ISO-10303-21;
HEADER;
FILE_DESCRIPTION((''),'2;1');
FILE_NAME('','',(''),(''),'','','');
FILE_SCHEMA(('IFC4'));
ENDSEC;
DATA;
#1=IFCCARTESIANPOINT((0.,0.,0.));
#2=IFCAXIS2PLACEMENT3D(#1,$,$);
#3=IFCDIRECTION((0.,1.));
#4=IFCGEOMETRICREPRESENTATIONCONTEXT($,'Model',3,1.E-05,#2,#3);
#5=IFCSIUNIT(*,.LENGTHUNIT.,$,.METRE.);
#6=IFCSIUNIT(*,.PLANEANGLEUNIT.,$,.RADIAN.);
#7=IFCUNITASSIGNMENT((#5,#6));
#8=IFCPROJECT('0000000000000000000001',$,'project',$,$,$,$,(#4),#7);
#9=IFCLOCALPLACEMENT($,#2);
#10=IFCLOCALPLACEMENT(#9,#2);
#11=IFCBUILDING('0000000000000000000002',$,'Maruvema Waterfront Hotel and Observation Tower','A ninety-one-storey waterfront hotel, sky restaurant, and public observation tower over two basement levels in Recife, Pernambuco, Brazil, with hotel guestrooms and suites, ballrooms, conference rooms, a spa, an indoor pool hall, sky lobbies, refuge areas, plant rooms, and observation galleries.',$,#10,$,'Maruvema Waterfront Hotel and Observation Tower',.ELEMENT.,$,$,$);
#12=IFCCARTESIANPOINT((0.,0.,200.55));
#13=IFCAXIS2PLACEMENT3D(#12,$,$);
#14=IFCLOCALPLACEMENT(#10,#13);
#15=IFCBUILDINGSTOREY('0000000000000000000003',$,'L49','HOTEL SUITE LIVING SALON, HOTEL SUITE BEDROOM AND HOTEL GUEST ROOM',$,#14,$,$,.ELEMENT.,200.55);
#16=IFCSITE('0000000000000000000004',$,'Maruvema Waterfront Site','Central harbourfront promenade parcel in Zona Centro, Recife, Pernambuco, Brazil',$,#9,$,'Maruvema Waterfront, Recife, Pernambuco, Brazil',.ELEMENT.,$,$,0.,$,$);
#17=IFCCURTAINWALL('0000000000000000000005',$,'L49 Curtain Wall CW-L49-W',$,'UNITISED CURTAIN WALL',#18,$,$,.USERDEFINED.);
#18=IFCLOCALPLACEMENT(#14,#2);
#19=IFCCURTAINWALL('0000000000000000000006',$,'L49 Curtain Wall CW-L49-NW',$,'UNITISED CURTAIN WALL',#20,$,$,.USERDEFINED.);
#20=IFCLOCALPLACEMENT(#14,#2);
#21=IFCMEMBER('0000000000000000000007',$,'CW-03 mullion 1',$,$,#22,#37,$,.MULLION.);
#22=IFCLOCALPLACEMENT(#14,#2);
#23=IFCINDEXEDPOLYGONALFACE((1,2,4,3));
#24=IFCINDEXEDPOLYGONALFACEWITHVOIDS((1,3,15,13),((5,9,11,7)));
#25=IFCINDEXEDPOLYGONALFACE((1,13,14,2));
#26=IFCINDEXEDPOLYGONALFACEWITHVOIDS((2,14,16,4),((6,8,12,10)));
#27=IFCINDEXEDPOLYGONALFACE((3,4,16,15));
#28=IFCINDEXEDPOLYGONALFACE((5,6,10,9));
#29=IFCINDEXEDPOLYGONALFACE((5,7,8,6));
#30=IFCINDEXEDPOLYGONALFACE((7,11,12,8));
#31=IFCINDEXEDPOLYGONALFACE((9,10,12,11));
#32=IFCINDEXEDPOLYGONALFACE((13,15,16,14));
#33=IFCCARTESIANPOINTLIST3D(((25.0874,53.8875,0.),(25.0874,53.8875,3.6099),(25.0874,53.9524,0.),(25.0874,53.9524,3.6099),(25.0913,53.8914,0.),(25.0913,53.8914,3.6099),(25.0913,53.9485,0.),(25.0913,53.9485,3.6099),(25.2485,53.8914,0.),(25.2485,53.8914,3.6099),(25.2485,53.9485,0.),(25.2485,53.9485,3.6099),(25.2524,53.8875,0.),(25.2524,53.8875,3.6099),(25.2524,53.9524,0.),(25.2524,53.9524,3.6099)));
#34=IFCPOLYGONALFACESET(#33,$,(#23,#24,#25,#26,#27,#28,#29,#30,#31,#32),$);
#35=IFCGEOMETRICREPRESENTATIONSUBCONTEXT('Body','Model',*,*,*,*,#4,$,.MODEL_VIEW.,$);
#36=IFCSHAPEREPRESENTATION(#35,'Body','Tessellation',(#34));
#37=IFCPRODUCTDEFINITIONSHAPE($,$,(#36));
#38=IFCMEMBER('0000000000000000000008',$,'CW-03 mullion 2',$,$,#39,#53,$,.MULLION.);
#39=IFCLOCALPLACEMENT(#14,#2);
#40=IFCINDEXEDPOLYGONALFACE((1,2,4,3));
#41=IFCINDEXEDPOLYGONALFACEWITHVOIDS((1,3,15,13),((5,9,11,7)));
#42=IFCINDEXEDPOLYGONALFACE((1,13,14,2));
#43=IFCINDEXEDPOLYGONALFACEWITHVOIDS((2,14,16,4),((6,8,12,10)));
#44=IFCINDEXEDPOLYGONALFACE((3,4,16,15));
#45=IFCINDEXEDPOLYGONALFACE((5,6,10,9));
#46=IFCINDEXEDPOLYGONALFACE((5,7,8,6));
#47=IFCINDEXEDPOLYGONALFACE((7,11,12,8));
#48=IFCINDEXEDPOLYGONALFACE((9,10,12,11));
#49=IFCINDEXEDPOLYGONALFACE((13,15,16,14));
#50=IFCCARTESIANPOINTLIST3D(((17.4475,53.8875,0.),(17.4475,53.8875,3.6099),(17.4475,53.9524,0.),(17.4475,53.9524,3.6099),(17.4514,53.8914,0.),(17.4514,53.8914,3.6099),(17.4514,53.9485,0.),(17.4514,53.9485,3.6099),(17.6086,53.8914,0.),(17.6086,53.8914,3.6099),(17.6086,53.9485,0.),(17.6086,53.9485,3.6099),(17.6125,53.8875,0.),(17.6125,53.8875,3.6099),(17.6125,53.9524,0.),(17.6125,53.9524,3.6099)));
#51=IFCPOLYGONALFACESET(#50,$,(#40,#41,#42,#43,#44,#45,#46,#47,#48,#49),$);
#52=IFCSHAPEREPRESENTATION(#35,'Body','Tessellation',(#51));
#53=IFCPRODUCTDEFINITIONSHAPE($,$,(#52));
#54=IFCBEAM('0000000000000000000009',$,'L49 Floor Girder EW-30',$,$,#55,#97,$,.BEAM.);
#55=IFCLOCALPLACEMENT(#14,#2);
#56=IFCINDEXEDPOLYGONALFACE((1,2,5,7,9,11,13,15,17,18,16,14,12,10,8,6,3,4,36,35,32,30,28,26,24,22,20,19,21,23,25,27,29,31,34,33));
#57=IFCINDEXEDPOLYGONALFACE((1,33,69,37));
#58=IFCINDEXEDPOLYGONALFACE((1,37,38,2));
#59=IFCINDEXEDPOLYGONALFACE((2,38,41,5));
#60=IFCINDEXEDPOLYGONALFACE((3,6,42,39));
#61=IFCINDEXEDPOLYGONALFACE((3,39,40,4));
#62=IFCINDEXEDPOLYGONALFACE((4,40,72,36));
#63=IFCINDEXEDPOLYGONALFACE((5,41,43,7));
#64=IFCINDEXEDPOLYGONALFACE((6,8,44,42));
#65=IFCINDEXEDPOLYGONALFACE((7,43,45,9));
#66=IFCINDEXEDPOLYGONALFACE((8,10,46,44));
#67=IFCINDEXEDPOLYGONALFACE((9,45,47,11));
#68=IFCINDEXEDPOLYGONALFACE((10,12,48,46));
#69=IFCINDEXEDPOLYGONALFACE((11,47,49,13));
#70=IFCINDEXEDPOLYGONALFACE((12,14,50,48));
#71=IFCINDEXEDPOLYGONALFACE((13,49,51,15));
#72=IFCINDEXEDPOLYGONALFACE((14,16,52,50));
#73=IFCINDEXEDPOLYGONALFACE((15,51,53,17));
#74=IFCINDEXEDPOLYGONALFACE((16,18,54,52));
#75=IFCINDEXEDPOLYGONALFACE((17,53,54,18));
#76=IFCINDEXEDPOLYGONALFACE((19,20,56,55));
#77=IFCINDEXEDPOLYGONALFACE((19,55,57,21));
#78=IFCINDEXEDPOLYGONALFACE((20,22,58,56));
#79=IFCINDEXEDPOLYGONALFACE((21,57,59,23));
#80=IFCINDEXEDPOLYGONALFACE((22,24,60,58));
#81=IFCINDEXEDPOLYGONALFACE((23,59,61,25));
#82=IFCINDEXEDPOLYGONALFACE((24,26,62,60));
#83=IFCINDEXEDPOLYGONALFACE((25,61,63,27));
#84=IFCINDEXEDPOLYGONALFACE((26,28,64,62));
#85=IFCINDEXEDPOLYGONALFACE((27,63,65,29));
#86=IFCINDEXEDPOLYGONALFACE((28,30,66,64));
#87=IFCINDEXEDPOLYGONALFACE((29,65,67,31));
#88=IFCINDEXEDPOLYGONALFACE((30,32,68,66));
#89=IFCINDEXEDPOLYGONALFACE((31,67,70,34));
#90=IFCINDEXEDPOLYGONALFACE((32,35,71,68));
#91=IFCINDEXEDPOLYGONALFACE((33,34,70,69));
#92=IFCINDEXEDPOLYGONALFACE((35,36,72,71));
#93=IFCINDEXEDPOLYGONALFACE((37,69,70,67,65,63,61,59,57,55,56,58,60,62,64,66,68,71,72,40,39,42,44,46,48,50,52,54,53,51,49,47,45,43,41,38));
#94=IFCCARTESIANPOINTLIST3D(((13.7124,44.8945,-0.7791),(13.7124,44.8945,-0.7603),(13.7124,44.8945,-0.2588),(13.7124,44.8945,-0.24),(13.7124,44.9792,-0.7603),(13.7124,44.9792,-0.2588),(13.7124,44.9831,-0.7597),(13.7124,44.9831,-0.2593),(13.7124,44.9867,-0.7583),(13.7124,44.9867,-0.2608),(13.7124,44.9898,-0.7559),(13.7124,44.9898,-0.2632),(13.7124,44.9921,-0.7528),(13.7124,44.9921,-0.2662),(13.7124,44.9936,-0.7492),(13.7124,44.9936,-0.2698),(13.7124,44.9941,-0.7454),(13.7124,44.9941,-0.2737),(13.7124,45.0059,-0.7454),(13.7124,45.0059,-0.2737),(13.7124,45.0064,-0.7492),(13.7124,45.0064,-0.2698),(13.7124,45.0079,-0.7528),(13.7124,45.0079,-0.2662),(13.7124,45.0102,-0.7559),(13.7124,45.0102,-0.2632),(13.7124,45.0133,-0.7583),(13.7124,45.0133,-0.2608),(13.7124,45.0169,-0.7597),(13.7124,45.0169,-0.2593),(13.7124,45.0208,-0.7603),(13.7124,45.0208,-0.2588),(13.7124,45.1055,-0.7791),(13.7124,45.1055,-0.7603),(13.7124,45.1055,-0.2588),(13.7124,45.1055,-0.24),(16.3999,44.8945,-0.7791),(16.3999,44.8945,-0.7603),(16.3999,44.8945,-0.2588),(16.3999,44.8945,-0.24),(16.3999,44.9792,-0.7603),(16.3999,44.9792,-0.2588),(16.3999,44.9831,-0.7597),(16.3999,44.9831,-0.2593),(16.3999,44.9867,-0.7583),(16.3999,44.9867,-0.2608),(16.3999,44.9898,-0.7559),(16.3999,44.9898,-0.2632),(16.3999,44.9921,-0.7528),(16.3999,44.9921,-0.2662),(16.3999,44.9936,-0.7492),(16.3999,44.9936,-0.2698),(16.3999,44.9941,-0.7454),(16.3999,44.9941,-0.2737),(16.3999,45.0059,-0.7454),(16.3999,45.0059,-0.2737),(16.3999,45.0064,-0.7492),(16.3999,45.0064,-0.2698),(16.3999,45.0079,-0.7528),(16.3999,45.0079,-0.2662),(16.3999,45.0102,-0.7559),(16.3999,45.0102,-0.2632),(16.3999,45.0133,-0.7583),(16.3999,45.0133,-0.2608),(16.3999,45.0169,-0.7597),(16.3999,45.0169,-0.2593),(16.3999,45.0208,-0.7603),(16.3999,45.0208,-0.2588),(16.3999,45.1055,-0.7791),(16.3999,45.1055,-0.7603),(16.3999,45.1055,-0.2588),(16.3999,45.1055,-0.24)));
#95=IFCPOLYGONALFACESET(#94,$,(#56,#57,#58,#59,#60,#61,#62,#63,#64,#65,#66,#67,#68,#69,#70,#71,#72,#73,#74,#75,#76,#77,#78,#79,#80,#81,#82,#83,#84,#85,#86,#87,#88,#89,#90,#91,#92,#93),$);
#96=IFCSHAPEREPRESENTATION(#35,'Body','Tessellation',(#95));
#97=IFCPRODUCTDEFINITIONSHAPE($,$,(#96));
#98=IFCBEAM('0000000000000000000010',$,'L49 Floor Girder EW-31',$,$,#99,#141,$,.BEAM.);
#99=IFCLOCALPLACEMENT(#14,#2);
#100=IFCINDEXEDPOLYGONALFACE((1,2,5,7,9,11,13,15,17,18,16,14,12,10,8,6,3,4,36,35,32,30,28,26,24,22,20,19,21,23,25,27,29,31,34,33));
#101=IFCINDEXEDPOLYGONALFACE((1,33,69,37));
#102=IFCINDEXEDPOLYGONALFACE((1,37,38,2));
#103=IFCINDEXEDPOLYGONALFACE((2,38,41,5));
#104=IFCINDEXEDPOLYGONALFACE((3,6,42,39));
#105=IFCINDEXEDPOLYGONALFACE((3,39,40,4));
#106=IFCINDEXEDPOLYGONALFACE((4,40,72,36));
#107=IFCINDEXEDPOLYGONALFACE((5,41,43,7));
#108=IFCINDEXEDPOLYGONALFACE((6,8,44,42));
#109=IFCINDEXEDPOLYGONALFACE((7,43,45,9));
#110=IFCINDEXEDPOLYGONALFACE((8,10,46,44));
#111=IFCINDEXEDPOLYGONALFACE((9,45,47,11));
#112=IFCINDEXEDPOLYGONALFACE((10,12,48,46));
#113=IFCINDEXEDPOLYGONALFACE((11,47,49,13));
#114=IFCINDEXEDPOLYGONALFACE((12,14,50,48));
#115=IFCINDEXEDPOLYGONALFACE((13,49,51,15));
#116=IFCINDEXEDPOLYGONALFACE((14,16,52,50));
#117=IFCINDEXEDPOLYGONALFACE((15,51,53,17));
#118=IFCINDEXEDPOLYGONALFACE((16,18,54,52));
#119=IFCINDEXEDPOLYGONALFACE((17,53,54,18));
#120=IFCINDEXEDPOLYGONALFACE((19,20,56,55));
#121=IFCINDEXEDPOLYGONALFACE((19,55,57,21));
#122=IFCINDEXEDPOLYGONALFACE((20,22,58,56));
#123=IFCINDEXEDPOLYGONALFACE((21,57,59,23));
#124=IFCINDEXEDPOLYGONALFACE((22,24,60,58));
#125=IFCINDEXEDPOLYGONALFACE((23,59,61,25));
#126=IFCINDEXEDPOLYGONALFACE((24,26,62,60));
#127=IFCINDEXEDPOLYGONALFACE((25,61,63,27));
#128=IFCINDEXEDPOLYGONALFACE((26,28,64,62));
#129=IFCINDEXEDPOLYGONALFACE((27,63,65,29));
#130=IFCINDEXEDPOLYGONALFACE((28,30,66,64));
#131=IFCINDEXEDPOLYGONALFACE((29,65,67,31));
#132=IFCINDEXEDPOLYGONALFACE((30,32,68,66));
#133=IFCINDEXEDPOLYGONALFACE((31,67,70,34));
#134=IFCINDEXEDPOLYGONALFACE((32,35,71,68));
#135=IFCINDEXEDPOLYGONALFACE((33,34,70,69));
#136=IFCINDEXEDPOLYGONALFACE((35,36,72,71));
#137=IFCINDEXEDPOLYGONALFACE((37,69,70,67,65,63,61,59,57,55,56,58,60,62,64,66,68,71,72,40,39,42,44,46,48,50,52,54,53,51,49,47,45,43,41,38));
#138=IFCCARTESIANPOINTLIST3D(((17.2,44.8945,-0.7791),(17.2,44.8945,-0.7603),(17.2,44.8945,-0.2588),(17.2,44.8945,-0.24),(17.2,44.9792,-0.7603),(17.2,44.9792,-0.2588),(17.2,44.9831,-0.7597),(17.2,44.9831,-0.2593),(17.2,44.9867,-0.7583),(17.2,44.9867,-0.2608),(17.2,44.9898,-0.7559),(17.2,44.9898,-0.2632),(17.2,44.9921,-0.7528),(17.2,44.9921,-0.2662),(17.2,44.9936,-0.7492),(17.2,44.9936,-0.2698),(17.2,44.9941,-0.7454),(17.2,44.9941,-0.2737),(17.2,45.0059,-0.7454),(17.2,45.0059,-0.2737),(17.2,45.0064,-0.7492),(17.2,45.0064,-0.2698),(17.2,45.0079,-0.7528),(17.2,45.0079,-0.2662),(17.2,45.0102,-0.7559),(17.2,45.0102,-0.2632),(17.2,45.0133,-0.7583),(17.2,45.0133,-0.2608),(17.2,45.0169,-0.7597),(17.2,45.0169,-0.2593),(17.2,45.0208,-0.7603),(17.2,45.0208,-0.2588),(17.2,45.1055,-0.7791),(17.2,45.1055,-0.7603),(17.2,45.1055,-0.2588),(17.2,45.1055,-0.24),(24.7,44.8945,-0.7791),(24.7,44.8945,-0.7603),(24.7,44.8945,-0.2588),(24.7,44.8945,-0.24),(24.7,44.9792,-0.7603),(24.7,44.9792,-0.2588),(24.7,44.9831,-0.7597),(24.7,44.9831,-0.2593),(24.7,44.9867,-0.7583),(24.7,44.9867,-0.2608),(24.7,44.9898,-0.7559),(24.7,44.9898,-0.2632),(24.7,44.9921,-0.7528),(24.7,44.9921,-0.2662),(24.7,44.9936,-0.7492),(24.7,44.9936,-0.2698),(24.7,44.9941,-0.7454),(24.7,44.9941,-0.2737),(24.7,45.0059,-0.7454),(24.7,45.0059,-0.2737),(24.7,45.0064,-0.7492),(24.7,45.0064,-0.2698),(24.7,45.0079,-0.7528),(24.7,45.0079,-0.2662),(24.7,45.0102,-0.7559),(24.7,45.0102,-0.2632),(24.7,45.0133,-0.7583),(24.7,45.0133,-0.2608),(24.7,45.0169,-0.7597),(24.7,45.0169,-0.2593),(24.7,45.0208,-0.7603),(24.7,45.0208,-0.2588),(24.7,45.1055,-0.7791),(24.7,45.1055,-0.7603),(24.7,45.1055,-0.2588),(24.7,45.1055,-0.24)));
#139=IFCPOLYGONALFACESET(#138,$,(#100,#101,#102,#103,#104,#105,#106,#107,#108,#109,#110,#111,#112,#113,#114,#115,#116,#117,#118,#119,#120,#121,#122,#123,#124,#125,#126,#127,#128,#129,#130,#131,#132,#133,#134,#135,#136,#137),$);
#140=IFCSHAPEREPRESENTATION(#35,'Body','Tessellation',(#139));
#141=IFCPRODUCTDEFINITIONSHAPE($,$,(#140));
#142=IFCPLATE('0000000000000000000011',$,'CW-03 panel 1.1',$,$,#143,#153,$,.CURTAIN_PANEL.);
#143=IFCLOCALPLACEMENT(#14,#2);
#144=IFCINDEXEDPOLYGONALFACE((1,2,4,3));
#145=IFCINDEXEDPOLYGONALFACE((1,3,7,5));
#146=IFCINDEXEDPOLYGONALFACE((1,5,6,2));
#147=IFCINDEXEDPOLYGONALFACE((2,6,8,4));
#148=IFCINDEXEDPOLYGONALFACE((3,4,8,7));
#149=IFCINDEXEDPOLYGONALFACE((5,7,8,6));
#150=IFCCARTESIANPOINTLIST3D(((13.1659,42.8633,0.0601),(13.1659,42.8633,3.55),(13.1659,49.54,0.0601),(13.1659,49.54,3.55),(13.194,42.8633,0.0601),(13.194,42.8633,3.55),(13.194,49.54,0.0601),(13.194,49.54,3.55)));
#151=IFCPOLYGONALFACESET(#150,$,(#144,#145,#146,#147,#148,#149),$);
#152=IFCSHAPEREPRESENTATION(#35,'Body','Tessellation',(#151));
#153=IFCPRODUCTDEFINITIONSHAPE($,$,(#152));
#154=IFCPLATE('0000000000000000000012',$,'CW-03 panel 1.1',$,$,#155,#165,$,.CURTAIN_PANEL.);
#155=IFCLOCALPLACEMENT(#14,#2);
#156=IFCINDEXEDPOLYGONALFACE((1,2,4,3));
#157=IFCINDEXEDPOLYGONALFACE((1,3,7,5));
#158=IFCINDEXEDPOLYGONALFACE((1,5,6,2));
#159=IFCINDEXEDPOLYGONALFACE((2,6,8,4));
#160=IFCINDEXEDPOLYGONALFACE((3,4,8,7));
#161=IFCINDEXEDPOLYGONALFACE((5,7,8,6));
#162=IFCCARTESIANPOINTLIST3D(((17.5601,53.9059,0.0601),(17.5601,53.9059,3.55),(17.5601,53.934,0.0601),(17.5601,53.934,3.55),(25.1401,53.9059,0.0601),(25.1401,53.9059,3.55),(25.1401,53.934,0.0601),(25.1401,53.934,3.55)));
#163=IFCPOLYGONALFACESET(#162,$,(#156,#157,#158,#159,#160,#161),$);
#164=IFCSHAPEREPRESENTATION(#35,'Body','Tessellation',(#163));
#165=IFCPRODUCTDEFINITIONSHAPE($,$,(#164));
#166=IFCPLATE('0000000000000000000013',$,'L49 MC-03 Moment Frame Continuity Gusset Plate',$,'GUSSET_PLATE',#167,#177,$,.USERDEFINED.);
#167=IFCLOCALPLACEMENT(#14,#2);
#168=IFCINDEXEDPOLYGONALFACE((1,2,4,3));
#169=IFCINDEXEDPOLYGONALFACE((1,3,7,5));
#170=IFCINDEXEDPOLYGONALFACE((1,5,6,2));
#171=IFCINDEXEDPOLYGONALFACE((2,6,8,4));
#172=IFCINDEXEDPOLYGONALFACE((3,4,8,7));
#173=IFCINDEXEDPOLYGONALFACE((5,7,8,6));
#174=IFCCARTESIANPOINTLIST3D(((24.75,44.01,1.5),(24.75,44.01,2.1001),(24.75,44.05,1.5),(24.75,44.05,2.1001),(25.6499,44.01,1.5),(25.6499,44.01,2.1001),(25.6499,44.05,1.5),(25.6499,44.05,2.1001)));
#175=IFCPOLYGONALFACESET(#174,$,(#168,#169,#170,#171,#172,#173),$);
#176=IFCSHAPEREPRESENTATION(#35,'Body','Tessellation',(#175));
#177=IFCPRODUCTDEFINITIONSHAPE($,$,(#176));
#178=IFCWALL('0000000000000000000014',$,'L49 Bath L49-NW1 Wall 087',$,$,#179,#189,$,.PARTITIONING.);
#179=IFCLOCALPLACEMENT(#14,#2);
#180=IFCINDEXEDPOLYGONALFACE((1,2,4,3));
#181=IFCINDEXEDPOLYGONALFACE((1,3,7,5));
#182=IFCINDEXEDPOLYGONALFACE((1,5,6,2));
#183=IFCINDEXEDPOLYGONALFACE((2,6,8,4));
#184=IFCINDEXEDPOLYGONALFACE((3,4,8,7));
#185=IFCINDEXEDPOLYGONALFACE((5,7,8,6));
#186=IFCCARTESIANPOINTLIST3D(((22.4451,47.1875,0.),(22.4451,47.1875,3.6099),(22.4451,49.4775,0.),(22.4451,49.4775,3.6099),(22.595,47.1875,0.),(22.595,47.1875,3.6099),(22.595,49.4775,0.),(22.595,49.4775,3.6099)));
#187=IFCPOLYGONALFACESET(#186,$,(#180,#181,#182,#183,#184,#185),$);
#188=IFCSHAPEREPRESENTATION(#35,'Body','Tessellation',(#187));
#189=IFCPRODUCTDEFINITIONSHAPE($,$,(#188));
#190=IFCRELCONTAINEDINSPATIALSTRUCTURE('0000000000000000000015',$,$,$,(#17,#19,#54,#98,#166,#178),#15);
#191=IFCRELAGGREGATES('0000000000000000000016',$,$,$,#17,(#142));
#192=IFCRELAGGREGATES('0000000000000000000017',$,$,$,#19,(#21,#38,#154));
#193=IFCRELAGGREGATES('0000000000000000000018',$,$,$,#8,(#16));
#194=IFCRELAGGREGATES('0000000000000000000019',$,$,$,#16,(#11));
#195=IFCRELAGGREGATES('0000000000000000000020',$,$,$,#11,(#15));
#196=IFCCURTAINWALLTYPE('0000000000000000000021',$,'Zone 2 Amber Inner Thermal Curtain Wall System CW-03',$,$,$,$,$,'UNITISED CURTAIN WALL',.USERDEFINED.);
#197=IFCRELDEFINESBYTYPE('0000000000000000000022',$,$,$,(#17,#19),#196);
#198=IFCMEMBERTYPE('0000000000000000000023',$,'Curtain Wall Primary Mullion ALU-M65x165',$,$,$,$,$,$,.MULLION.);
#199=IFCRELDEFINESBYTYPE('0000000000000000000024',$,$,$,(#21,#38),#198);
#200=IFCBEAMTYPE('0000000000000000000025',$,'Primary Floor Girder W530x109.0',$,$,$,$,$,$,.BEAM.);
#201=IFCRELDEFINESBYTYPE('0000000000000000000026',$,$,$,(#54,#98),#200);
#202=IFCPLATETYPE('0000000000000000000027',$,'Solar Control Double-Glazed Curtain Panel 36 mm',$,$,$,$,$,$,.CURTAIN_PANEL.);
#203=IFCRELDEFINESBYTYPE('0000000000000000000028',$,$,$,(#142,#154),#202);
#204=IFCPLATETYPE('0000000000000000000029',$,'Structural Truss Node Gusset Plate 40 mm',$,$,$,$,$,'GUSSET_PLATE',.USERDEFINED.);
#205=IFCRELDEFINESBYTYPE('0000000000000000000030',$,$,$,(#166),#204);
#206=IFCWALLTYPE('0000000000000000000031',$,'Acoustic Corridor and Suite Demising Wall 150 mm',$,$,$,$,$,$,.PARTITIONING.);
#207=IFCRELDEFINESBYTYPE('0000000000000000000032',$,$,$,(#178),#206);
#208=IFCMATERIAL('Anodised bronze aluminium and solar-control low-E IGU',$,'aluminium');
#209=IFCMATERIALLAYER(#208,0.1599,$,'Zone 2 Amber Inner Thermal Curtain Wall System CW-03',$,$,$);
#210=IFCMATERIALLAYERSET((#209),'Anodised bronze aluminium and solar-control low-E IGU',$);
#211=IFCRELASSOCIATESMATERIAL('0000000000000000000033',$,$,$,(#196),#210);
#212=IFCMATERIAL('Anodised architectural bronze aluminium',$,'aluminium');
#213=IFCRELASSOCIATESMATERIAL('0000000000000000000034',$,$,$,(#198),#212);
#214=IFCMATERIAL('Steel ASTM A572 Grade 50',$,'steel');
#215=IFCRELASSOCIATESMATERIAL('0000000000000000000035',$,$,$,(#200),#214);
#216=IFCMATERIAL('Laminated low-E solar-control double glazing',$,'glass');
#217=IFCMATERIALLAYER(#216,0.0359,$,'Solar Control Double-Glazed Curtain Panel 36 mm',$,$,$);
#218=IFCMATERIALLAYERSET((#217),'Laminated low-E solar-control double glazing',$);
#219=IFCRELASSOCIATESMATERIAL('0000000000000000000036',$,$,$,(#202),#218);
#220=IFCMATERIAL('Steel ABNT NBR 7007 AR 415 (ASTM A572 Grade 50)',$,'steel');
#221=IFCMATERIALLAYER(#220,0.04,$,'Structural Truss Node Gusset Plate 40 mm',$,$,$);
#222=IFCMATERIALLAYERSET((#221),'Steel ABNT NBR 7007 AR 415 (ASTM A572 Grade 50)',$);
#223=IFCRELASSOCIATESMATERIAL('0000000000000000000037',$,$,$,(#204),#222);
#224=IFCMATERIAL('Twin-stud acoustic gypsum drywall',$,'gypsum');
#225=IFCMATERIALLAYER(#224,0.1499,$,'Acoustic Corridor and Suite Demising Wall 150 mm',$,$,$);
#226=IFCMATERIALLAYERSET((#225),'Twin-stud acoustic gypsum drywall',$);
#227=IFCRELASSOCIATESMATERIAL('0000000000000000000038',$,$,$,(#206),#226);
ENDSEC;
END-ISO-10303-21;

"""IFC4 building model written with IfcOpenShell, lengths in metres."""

from ifc_helpers import new_model, si_unit, direction, frame, frame_2d, origin, origin_2d, place, context, subcontext, project, spatial, rectangle, hollow_rectangle, i_section, extrude, material, layer, layer_set, material_profile, profile_set, type_object, element, aggregate, save


model = new_model("IFC4")

# Units and contexts
model_context = context("Model", 3, precision=1e-05, world=origin(), true_north=direction((0.0, 1.0)))
body_context = subcontext(model_context, "Body", "Model", "MODEL_VIEW")
ifc_project = project(units=[si_unit("LENGTHUNIT", "METRE"), si_unit("PLANEANGLEUNIT", "RADIAN")], contexts=[model_context])

# Site, building, storey
site_placement = place(None, origin())
site = spatial("IfcSite", under=ifc_project, at=site_placement, Name="Maruvema Waterfront Site", Description="Central harbourfront promenade parcel in Zona Centro, Recife, Pernambuco, Brazil", LongName="Maruvema Waterfront, Recife, Pernambuco, Brazil", CompositionType="ELEMENT", RefElevation=0.0)
building_placement = place(site_placement, origin())
building = spatial("IfcBuilding", under=site, at=building_placement, Name="Maruvema Waterfront Hotel and Observation Tower", Description="A ninety-one-storey waterfront hotel, sky restaurant, and public observation tower over two basement levels in Recife, Pernambuco, Brazil, with hotel guestrooms and suites, ballrooms, conference rooms, a spa, an indoor pool hall, sky lobbies, refuge areas, plant rooms, and observation galleries.", LongName="Maruvema Waterfront Hotel and Observation Tower", CompositionType="ELEMENT")
storey_placement = place(building_placement, frame((0.0, 0.0, 200.55)))
storey = spatial("IfcBuildingStorey", under=building, at=storey_placement, Name="L49", Description="HOTEL SUITE LIVING SALON, HOTEL SUITE BEDROOM AND HOTEL GUEST ROOM", CompositionType="ELEMENT", Elevation=200.55)

# Curtain walls
ifc_material_1 = material(Name="Anodised bronze aluminium and solar-control low-E IGU", Category="aluminium")
ifc_layer_1 = layer(ifc_material_1, 0.1599, Name="Zone 2 Amber Inner Thermal Curtain Wall System CW-03")
ifc_layer_set_1 = layer_set([ifc_layer_1], Name="Anodised bronze aluminium and solar-control low-E IGU")
curtain_wall_type = type_object("IfcCurtainWallType", Name="Zone 2 Amber Inner Thermal Curtain Wall System CW-03", ElementType="UNITISED CURTAIN WALL", PredefinedType="USERDEFINED", material=ifc_layer_set_1)
curtain_wall_1_placement = place(storey_placement, origin())
curtain_wall_1 = element("IfcCurtainWall", 1, at=curtain_wall_1_placement, inside=storey, type_object=curtain_wall_type, Name="L49 Curtain Wall CW-L49-W", ObjectType="UNITISED CURTAIN WALL", PredefinedType="USERDEFINED")
curtain_wall_2_placement = place(storey_placement, origin())
curtain_wall_2 = element("IfcCurtainWall", 2, at=curtain_wall_2_placement, inside=storey, type_object=curtain_wall_type, Name="L49 Curtain Wall CW-L49-NW", ObjectType="UNITISED CURTAIN WALL", PredefinedType="USERDEFINED")

# Members
ifc_material_2 = material(Name="Anodised architectural bronze aluminium", Category="aluminium")
ifc_material_profile_1 = material_profile(ifc_material_2, hollow_rectangle(XDim=0.0649, YDim=0.165, WallThickness=0.0039, at=origin_2d()), Name="ALU-M65x165")
ifc_profile_set_1 = profile_set([ifc_material_profile_1], Name="Anodised architectural bronze aluminium")
member_type_1 = type_object("IfcMemberType", Name="Curtain Wall Primary Mullion ALU-M65x165", PredefinedType="MULLION", material=ifc_profile_set_1)
member_1_placement = place(storey_placement, frame((25.1699, 53.9199, 0.0), z_axis=(0.0, 0.0, 1.0), x_axis=(0.0, -1.0, 0.0)))
member_1 = element("IfcMember", 3, at=member_1_placement, type_object=member_type_1, Name="CW-03 mullion 1", PredefinedType="MULLION", context=body_context, shape_type="SweptSolid", body=[
    extrude(hollow_rectangle(XDim=0.0649, YDim=0.165, WallThickness=0.0039, at=origin_2d()), origin(), (0.0, 0.0, 1.0), 3.6099),
])
member_2_placement = place(storey_placement, frame((17.53, 53.9199, 0.0), z_axis=(0.0, 0.0, 1.0), x_axis=(0.0, -1.0, 0.0)))
member_2 = element("IfcMember", 4, at=member_2_placement, type_object=member_type_1, Name="CW-03 mullion 2", PredefinedType="MULLION", context=body_context, shape_type="SweptSolid", body=[
    extrude(hollow_rectangle(XDim=0.0649, YDim=0.165, WallThickness=0.0039, at=origin_2d()), origin(), (0.0, 0.0, 1.0), 3.6099),
])

# Beams
ifc_material_3 = material(Name="Steel ASTM A572 Grade 50", Category="steel")
ifc_material_profile_2 = material_profile(ifc_material_3, i_section(OverallWidth=0.2109, OverallDepth=0.5391, WebThickness=0.0117, FlangeThickness=0.0188, FilletRadius=0.0149, at=origin_2d()), Name="W530x109.0")
ifc_profile_set_2 = profile_set([ifc_material_profile_2], Name="Steel ASTM A572 Grade 50")
beam_type = type_object("IfcBeamType", Name="Primary Floor Girder W530x109.0", PredefinedType="BEAM", material=ifc_profile_set_2)
beam_1_placement = place(storey_placement, frame((13.7124, 45.0, -0.5095), z_axis=(1.0, 0.0, 0.0), x_axis=(0.0, 1.0, 0.0)))
element("IfcBeam", 5, at=beam_1_placement, inside=storey, type_object=beam_type, Name="L49 Floor Girder EW-30", PredefinedType="BEAM", context=body_context, shape_type="SweptSolid", body=[
    extrude(i_section(OverallWidth=0.2109, OverallDepth=0.5391, WebThickness=0.0117, FlangeThickness=0.0188, FilletRadius=0.0149, at=origin_2d()), origin(), (0.0, 0.0, 1.0), 2.6875),
])
beam_2_placement = place(storey_placement, frame((17.2, 45.0, -0.5095), z_axis=(1.0, 0.0, 0.0), x_axis=(0.0, 1.0, 0.0)))
element("IfcBeam", 6, at=beam_2_placement, inside=storey, type_object=beam_type, Name="L49 Floor Girder EW-31", PredefinedType="BEAM", context=body_context, shape_type="SweptSolid", body=[
    extrude(i_section(OverallWidth=0.2109, OverallDepth=0.5391, WebThickness=0.0117, FlangeThickness=0.0188, FilletRadius=0.0149, at=origin_2d()), origin(), (0.0, 0.0, 1.0), 7.5),
])

# Plates
ifc_material_4 = material(Name="Laminated low-E solar-control double glazing", Category="glass")
ifc_layer_2 = layer(ifc_material_4, 0.0359, Name="Solar Control Double-Glazed Curtain Panel 36 mm")
ifc_layer_set_2 = layer_set([ifc_layer_2], Name="Laminated low-E solar-control double glazing")
plate_type_1 = type_object("IfcPlateType", Name="Solar Control Double-Glazed Curtain Panel 36 mm", PredefinedType="CURTAIN_PANEL", material=ifc_layer_set_2)
plate_1_placement = place(storey_placement, frame((13.1799, 46.2017, 0.0601), z_axis=(0.0, 0.0, 1.0), x_axis=(0.0, -1.0, 0.0)))
plate_1 = element("IfcPlate", 7, at=plate_1_placement, type_object=plate_type_1, Name="CW-03 panel 1.1", PredefinedType="CURTAIN_PANEL", context=body_context, shape_type="SweptSolid", body=[
    extrude(rectangle(XDim=6.6768, YDim=0.0281, at=origin_2d()), origin(), (0.0, 0.0, 1.0), 3.49),
])
aggregate(curtain_wall_1, [plate_1])
plate_2_placement = place(storey_placement, frame((21.3501, 53.9199, 0.0601), z_axis=(0.0, 0.0, 1.0), x_axis=(-1.0, 0.0, 0.0)))
plate_2 = element("IfcPlate", 8, at=plate_2_placement, type_object=plate_type_1, Name="CW-03 panel 1.1", PredefinedType="CURTAIN_PANEL", context=body_context, shape_type="SweptSolid", body=[
    extrude(rectangle(XDim=7.5801, YDim=0.0281, at=origin_2d()), origin(), (0.0, 0.0, 1.0), 3.49),
])
aggregate(curtain_wall_2, [member_1, member_2, plate_2])
ifc_material_5 = material(Name="Steel ABNT NBR 7007 AR 415 (ASTM A572 Grade 50)", Category="steel")
ifc_layer_3 = layer(ifc_material_5, 0.04, Name="Structural Truss Node Gusset Plate 40 mm")
ifc_layer_set_3 = layer_set([ifc_layer_3], Name="Steel ABNT NBR 7007 AR 415 (ASTM A572 Grade 50)")
plate_type_2 = type_object("IfcPlateType", Name="Structural Truss Node Gusset Plate 40 mm", ElementType="GUSSET_PLATE", PredefinedType="USERDEFINED", material=ifc_layer_set_3)
plate_3_placement = place(storey_placement, frame((25.2, 44.03, 1.5), z_axis=(0.0, 0.0, 1.0), x_axis=(1.0, 0.0, 0.0)))
element("IfcPlate", 9, at=plate_3_placement, inside=storey, type_object=plate_type_2, Name="L49 MC-03 Moment Frame Continuity Gusset Plate", ObjectType="GUSSET_PLATE", PredefinedType="USERDEFINED", context=body_context, shape_type="SweptSolid", body=[
    extrude(rectangle(XDim=0.8999, YDim=0.04, at=origin_2d()), origin(), (0.0, 0.0, 1.0), 0.6001),
])

# Wall
ifc_material_6 = material(Name="Twin-stud acoustic gypsum drywall", Category="gypsum")
ifc_layer_4 = layer(ifc_material_6, 0.1499, Name="Acoustic Corridor and Suite Demising Wall 150 mm")
ifc_layer_set_4 = layer_set([ifc_layer_4], Name="Twin-stud acoustic gypsum drywall")
wall_type_1 = type_object("IfcWallType", Name="Acoustic Corridor and Suite Demising Wall 150 mm", PredefinedType="PARTITIONING", material=ifc_layer_set_4)
wall_1_placement = place(storey_placement, frame((22.52, 47.1875, 0.0), z_axis=(0.0, 0.0, 1.0), x_axis=(0.0, 1.0, 0.0)))
element("IfcWall", 10, at=wall_1_placement, inside=storey, type_object=wall_type_1, Name="L49 Bath L49-NW1 Wall 087", PredefinedType="PARTITIONING", context=body_context, shape_type="SweptSolid", body=[
    extrude(rectangle(XDim=2.29, YDim=0.1499, at=frame_2d((1.145, 0.0))), origin(), (0.0, 0.0, 1.0), 3.6099),
])

save(model, "model.ifc")
